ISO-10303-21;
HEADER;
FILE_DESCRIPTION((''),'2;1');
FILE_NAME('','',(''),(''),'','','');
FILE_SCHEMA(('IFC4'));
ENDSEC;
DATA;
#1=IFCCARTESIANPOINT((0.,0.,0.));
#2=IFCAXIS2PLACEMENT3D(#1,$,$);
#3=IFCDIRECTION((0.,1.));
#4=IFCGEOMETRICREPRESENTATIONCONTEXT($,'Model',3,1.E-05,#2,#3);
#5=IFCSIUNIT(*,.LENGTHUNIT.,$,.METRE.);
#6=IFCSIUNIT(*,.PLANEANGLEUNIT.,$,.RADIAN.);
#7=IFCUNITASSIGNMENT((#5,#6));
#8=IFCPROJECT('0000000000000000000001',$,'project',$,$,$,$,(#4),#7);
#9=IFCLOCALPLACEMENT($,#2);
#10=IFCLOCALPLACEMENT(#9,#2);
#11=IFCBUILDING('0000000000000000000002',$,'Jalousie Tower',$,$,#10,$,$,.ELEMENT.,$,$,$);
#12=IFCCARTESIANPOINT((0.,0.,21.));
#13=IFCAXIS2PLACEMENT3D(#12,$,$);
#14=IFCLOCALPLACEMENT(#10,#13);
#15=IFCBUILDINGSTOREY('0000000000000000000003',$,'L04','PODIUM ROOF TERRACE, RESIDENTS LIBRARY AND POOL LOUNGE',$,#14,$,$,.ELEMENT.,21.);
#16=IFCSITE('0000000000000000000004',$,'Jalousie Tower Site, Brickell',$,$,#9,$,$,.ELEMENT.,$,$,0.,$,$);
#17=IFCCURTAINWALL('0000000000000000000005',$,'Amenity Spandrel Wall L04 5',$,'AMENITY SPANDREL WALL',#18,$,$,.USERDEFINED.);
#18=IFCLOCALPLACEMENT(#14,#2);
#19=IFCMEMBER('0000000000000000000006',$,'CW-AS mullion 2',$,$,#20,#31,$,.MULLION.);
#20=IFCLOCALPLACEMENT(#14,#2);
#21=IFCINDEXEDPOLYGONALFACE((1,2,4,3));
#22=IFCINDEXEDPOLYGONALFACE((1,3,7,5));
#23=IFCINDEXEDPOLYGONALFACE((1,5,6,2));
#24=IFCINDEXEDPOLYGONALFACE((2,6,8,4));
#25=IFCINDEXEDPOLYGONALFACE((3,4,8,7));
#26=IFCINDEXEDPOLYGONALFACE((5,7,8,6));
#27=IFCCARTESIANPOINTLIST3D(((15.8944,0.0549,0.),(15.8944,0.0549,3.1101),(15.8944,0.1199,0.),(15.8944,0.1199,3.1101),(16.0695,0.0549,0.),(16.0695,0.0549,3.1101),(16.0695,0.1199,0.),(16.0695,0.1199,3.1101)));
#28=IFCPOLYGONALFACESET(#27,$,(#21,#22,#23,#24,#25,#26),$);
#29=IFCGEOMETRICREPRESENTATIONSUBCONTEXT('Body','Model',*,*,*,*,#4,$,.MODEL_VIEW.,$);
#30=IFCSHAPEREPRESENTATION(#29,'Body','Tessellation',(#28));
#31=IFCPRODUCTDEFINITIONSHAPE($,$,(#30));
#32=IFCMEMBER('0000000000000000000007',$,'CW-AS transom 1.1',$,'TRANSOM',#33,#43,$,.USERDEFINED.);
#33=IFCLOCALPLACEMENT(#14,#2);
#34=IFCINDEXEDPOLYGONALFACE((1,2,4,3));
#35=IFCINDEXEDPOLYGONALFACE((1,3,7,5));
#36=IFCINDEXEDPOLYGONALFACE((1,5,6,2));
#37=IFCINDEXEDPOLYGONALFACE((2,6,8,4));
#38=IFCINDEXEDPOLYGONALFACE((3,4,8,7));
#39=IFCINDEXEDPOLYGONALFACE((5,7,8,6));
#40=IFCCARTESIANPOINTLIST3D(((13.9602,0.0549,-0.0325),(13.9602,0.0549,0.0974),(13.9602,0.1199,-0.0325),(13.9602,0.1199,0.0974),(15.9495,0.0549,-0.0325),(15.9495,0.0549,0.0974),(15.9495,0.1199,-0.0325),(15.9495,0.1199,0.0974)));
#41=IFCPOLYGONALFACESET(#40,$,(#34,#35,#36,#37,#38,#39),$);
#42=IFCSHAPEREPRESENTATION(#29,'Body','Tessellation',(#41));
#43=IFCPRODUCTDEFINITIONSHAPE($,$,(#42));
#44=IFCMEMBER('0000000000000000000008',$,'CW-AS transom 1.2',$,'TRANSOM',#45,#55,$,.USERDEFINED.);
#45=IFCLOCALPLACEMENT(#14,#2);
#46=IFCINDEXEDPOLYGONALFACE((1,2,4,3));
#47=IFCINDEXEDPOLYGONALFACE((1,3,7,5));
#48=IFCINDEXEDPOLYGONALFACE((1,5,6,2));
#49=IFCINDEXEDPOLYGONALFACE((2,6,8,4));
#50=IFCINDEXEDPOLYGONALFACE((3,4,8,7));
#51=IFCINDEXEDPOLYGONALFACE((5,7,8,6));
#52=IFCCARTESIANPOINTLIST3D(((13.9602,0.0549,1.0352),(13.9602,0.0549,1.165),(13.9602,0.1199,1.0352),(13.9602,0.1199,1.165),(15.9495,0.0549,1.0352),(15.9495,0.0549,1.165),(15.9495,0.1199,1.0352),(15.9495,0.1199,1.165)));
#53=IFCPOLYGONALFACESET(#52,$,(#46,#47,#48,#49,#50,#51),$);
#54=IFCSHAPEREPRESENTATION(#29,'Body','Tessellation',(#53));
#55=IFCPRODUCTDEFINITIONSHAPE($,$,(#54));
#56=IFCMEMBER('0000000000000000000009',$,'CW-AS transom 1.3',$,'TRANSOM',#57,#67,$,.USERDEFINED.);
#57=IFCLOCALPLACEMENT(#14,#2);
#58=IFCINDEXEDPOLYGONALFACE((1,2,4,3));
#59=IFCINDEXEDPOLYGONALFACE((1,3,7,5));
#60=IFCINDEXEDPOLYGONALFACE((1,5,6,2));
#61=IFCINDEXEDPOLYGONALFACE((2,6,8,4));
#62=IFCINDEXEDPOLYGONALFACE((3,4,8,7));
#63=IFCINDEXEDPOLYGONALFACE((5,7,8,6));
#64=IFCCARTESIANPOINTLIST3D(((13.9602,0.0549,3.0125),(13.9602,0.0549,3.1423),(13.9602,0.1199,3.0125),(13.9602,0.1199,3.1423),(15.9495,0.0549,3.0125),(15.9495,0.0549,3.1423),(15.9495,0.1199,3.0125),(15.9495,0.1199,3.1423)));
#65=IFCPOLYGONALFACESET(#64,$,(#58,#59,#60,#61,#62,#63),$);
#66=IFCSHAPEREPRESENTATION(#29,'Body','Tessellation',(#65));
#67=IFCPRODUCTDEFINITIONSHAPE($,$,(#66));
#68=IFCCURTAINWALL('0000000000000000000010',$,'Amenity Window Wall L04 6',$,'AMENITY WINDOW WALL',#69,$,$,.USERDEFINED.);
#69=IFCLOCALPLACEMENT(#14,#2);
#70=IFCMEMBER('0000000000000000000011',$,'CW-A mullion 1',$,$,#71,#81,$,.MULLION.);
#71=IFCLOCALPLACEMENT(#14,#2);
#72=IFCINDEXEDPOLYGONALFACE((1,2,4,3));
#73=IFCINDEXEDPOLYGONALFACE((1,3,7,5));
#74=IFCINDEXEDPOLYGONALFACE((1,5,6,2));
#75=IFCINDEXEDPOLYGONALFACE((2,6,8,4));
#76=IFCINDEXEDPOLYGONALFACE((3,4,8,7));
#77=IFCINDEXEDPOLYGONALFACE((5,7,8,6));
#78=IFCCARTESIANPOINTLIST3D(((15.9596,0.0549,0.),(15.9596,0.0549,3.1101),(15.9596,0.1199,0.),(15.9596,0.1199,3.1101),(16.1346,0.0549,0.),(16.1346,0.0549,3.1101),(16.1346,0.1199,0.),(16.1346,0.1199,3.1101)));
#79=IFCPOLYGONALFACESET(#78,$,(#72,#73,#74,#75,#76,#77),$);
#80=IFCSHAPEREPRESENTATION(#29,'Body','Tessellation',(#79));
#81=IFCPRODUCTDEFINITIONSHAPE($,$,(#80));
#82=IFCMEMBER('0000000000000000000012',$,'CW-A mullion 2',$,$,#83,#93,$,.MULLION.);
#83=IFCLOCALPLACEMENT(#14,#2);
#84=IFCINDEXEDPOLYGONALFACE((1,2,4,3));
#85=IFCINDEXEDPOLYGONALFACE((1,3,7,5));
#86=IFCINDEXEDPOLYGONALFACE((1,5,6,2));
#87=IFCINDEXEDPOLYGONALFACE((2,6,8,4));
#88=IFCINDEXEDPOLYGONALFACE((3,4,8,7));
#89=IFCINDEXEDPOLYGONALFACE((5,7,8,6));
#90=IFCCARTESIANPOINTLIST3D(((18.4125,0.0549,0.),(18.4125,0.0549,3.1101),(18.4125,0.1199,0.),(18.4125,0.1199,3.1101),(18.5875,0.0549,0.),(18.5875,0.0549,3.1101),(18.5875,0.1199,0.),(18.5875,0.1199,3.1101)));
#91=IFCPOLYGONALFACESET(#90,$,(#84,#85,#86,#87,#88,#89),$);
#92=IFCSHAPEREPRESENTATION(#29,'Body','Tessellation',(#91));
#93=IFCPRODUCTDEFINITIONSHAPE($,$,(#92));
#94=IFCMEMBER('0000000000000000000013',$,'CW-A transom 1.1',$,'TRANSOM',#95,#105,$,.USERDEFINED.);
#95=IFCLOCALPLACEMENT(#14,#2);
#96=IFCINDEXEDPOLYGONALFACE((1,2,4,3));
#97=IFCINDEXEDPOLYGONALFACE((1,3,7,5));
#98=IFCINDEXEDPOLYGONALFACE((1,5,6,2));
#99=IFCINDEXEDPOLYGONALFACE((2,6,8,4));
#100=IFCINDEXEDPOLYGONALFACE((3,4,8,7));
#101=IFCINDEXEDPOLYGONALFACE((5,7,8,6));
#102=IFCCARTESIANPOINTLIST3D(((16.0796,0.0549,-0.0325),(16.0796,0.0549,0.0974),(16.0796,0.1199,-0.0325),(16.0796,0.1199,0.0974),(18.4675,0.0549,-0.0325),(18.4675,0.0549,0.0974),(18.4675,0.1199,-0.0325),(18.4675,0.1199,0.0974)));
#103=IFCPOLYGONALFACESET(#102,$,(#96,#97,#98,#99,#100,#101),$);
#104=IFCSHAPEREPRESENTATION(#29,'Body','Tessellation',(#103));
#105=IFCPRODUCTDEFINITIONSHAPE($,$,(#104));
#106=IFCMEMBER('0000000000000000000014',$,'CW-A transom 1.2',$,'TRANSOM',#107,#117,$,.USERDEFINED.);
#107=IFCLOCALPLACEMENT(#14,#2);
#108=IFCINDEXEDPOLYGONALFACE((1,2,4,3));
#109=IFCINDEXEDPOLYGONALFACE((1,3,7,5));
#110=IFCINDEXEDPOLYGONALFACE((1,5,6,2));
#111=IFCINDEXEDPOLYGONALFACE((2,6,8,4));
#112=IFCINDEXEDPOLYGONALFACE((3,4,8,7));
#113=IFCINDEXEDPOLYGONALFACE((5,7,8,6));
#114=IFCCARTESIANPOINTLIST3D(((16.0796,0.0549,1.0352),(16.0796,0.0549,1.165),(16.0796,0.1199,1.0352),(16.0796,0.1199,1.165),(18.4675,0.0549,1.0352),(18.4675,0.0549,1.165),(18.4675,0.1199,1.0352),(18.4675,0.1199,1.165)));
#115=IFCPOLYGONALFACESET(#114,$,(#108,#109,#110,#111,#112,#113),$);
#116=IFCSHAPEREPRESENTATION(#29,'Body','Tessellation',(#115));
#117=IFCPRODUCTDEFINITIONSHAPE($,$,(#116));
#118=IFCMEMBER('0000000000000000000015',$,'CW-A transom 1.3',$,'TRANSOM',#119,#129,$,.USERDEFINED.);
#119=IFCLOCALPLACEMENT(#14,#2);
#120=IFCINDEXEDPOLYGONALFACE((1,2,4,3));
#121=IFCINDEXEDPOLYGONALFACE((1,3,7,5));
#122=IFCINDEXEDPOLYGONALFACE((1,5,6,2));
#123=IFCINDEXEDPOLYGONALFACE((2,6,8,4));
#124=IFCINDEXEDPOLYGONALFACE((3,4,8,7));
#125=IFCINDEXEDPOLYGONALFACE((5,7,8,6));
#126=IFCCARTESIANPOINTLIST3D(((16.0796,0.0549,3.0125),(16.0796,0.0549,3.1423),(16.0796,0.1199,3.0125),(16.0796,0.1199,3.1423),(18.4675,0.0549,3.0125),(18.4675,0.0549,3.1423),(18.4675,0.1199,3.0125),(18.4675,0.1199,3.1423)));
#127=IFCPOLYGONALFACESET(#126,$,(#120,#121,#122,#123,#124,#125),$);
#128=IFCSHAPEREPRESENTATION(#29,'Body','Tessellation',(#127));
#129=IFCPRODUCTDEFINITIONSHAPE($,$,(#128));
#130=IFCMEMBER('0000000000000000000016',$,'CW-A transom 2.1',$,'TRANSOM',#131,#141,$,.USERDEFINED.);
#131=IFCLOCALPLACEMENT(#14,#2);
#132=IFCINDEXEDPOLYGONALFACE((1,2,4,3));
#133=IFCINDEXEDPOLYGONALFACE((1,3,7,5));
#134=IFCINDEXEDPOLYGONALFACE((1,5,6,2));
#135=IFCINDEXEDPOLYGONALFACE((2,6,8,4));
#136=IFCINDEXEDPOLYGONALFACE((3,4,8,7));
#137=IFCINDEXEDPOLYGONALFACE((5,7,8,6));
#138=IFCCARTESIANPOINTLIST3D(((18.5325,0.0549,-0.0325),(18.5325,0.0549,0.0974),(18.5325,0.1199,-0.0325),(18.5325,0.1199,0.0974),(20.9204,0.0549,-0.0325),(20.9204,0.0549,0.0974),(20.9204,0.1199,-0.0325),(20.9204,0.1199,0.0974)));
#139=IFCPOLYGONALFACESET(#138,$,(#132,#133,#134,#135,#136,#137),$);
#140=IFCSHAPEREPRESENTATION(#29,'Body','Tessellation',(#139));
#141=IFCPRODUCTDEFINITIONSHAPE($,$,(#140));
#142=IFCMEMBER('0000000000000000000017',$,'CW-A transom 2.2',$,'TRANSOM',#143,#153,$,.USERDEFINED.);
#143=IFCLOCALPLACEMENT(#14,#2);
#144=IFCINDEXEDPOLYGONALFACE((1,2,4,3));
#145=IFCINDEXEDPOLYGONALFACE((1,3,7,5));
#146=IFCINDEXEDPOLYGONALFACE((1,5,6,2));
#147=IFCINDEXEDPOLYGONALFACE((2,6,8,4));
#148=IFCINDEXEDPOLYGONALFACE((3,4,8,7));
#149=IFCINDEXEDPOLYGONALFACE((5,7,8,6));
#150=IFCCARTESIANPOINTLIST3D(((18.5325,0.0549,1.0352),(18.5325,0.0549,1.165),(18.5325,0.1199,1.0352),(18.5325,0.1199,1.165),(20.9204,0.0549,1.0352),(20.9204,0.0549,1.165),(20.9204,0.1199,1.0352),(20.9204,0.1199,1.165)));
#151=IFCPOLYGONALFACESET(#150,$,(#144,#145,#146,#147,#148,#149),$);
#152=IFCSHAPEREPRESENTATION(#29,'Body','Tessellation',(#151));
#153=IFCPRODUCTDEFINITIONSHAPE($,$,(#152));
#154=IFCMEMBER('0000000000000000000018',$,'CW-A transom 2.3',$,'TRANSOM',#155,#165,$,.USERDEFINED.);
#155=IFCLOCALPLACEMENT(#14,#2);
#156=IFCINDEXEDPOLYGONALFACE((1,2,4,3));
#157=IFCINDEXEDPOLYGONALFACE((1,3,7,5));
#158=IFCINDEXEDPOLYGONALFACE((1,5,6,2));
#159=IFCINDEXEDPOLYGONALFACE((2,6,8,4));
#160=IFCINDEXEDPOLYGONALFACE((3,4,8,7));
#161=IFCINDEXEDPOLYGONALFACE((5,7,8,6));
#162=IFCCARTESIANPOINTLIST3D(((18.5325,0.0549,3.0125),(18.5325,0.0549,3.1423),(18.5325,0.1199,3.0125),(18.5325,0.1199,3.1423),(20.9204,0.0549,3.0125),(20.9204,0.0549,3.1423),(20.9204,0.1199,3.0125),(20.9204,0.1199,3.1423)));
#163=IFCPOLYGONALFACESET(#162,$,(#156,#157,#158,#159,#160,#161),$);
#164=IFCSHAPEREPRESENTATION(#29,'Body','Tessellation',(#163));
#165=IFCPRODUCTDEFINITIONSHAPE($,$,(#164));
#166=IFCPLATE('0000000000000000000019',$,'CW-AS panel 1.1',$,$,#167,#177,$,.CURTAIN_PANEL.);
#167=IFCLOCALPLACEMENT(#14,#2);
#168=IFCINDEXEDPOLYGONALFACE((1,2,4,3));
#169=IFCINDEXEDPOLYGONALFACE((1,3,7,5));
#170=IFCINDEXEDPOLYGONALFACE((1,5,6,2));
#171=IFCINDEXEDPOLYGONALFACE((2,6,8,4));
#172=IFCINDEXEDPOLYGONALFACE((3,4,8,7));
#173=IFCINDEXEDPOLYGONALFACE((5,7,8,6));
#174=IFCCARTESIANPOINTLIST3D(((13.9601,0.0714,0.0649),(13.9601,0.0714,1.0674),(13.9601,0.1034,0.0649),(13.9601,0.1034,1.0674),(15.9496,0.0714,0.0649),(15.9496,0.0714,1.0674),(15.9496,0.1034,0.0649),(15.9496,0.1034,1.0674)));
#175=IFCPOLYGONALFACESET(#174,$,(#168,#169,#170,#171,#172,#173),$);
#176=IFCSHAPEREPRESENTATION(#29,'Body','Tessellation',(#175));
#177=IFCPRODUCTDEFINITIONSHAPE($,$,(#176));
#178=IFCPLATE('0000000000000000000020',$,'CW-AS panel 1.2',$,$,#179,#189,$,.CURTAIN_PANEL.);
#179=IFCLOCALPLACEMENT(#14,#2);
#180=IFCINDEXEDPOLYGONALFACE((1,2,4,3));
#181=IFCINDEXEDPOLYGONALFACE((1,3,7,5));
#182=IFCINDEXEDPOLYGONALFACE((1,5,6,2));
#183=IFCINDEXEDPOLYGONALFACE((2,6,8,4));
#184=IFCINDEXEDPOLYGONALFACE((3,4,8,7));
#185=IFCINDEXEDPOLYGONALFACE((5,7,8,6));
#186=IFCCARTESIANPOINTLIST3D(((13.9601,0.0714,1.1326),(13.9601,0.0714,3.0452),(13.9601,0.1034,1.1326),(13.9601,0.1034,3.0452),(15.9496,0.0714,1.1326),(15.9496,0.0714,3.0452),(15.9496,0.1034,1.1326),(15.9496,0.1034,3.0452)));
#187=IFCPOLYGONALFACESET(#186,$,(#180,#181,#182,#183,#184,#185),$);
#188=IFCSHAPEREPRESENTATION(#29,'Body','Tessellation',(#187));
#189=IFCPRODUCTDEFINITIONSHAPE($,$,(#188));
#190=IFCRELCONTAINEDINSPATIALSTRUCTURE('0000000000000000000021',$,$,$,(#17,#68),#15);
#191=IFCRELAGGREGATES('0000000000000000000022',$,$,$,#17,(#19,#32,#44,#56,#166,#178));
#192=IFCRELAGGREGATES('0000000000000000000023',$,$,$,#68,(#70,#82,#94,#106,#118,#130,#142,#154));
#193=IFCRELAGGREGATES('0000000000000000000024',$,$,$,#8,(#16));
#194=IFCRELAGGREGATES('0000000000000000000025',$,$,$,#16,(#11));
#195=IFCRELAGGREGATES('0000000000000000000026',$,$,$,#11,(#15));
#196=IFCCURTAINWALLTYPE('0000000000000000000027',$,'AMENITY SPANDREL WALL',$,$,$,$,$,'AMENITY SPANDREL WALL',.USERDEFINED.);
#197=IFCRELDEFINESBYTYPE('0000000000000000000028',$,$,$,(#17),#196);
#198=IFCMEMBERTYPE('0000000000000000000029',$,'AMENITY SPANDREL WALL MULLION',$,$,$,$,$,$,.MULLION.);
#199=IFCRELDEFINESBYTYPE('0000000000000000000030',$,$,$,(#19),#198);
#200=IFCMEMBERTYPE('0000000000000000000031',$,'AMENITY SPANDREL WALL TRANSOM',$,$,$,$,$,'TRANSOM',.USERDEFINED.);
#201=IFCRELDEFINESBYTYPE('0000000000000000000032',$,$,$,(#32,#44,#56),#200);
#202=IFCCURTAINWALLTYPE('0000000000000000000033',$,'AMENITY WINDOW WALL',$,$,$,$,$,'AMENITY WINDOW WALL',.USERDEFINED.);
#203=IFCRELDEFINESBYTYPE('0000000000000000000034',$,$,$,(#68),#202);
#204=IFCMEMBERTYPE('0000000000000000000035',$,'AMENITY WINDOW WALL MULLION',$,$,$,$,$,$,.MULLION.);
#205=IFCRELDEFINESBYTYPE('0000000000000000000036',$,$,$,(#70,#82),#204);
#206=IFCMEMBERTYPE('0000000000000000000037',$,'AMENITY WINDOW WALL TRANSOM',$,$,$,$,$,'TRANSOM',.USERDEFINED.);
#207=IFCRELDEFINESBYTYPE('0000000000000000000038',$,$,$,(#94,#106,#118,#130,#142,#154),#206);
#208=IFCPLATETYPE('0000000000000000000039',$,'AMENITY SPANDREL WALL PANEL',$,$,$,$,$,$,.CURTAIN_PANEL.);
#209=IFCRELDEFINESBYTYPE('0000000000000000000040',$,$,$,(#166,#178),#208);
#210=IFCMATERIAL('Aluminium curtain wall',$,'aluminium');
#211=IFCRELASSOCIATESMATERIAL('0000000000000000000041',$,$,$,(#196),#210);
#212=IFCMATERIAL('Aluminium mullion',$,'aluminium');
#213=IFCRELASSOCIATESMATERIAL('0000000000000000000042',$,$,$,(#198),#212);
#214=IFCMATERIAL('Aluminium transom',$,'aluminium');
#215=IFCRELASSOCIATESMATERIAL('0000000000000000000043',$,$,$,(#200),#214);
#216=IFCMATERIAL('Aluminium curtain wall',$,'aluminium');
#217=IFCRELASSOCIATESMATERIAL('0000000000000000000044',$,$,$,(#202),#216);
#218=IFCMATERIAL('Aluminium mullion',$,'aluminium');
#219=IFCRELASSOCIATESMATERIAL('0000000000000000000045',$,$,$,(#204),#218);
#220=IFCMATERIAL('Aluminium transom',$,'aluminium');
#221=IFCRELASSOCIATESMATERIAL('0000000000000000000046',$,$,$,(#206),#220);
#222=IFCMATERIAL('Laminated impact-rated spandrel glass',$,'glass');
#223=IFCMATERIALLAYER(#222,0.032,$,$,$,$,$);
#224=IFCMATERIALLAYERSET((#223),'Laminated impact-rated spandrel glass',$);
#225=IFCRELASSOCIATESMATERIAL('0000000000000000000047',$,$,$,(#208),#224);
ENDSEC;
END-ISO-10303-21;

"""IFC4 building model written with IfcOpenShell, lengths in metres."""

from ifc_helpers import new_model, si_unit, direction, frame, origin, origin_2d, place, context, subcontext, project, spatial, rectangle, extrude, material, layer, layer_set, material_profile, profile_set, type_object, element, aggregate, save


model = new_model("IFC4")

# Units and contexts
model_context = context("Model", 3, precision=1e-05, world=origin(), true_north=direction((0.0, 1.0)))
body_context = subcontext(model_context, "Body", "Model", "MODEL_VIEW")
ifc_project = project(units=[si_unit("LENGTHUNIT", "METRE"), si_unit("PLANEANGLEUNIT", "RADIAN")], contexts=[model_context])

# Site, building, storey
site_placement = place(None, origin())
site = spatial("IfcSite", under=ifc_project, at=site_placement, Name="Jalousie Tower Site, Brickell", CompositionType="ELEMENT", RefElevation=0.0)
building_placement = place(site_placement, origin())
building = spatial("IfcBuilding", under=site, at=building_placement, Name="Jalousie Tower", CompositionType="ELEMENT")
storey_placement = place(building_placement, frame((0.0, 0.0, 21.0)))
storey = spatial("IfcBuildingStorey", under=building, at=storey_placement, Name="L04", Description="PODIUM ROOF TERRACE, RESIDENTS LIBRARY AND POOL LOUNGE", CompositionType="ELEMENT", Elevation=21.0)

# Curtain walls, members
ifc_material_1 = material(Name="Aluminium curtain wall", Category="aluminium")
curtain_wall_type_1 = type_object("IfcCurtainWallType", Name="AMENITY SPANDREL WALL", ElementType="AMENITY SPANDREL WALL", PredefinedType="USERDEFINED", material=ifc_material_1)
curtain_wall_1_placement = place(storey_placement, origin())
curtain_wall_1 = element("IfcCurtainWall", 1, at=curtain_wall_1_placement, inside=storey, type_object=curtain_wall_type_1, Name="Amenity Spandrel Wall L04 5", ObjectType="AMENITY SPANDREL WALL", PredefinedType="USERDEFINED")
ifc_material_2 = material(Name="Aluminium mullion", Category="aluminium")
ifc_material_profile_1 = material_profile(ifc_material_2, rectangle(XDim=0.0649, YDim=0.175, at=origin_2d()), Name="MULLION 65x175")
ifc_profile_set_1 = profile_set([ifc_material_profile_1], Name="Aluminium mullion")
member_type_1 = type_object("IfcMemberType", Name="AMENITY SPANDREL WALL MULLION", PredefinedType="MULLION", material=ifc_profile_set_1)
member_1_placement = place(storey_placement, frame((15.9819, 0.0874, 0.0), z_axis=(0.0, 0.0, 1.0), x_axis=(0.0, 1.0, 0.0)))
member_1 = element("IfcMember", 2, at=member_1_placement, type_object=member_type_1, Name="CW-AS mullion 2", PredefinedType="MULLION", context=body_context, shape_type="SweptSolid", body=[
    extrude(rectangle(XDim=0.0649, YDim=0.175, at=origin_2d()), origin(), (0.0, 0.0, 1.0), 3.1101),
])
ifc_material_3 = material(Name="Aluminium transom", Category="aluminium")
ifc_material_profile_2 = material_profile(ifc_material_3, rectangle(XDim=0.0649, YDim=0.1299, at=origin_2d()), Name="TRANSOM 65x130")
ifc_profile_set_2 = profile_set([ifc_material_profile_2], Name="Aluminium transom")
member_type_2 = type_object("IfcMemberType", Name="AMENITY SPANDREL WALL TRANSOM", ElementType="TRANSOM", PredefinedType="USERDEFINED", material=ifc_profile_set_2)
member_2_placement = place(storey_placement, frame((13.9602, 0.0874, 0.0325), z_axis=(1.0, 0.0, 0.0), x_axis=(0.0, 1.0, 0.0)))
member_2 = element("IfcMember", 3, at=member_2_placement, type_object=member_type_2, Name="CW-AS transom 1.1", ObjectType="TRANSOM", PredefinedType="USERDEFINED", context=body_context, shape_type="SweptSolid", body=[
    extrude(rectangle(XDim=0.0649, YDim=0.1299, at=origin_2d()), origin(), (0.0, 0.0, 1.0), 1.9893),
])
member_3_placement = place(storey_placement, frame((13.9602, 0.0874, 1.1001), z_axis=(1.0, 0.0, 0.0), x_axis=(0.0, 1.0, 0.0)))
member_3 = element("IfcMember", 4, at=member_3_placement, type_object=member_type_2, Name="CW-AS transom 1.2", ObjectType="TRANSOM", PredefinedType="USERDEFINED", context=body_context, shape_type="SweptSolid", body=[
    extrude(rectangle(XDim=0.0649, YDim=0.1299, at=origin_2d()), origin(), (0.0, 0.0, 1.0), 1.9893),
])
member_4_placement = place(storey_placement, frame((13.9602, 0.0874, 3.0774), z_axis=(1.0, 0.0, 0.0), x_axis=(0.0, 1.0, 0.0)))
member_4 = element("IfcMember", 5, at=member_4_placement, type_object=member_type_2, Name="CW-AS transom 1.3", ObjectType="TRANSOM", PredefinedType="USERDEFINED", context=body_context, shape_type="SweptSolid", body=[
    extrude(rectangle(XDim=0.0649, YDim=0.1299, at=origin_2d()), origin(), (0.0, 0.0, 1.0), 1.9893),
])
ifc_material_4 = material(Name="Aluminium curtain wall", Category="aluminium")
curtain_wall_type_2 = type_object("IfcCurtainWallType", Name="AMENITY WINDOW WALL", ElementType="AMENITY WINDOW WALL", PredefinedType="USERDEFINED", material=ifc_material_4)
curtain_wall_2_placement = place(storey_placement, origin())
curtain_wall_2 = element("IfcCurtainWall", 6, at=curtain_wall_2_placement, inside=storey, type_object=curtain_wall_type_2, Name="Amenity Window Wall L04 6", ObjectType="AMENITY WINDOW WALL", PredefinedType="USERDEFINED")
ifc_material_5 = material(Name="Aluminium mullion", Category="aluminium")
ifc_material_profile_3 = material_profile(ifc_material_5, rectangle(XDim=0.0649, YDim=0.175, at=origin_2d()), Name="MULLION 65x175")
ifc_profile_set_3 = profile_set([ifc_material_profile_3], Name="Aluminium mullion")
member_type_3 = type_object("IfcMemberType", Name="AMENITY WINDOW WALL MULLION", PredefinedType="MULLION", material=ifc_profile_set_3)
member_5_placement = place(storey_placement, frame((16.0471, 0.0874, 0.0), z_axis=(0.0, 0.0, 1.0), x_axis=(0.0, 1.0, 0.0)))
member_5 = element("IfcMember", 7, at=member_5_placement, type_object=member_type_3, Name="CW-A mullion 1", PredefinedType="MULLION", context=body_context, shape_type="SweptSolid", body=[
    extrude(rectangle(XDim=0.0649, YDim=0.175, at=origin_2d()), origin(), (0.0, 0.0, 1.0), 3.1101),
])
member_6_placement = place(storey_placement, frame((18.5, 0.0874, 0.0), z_axis=(0.0, 0.0, 1.0), x_axis=(0.0, 1.0, 0.0)))
member_6 = element("IfcMember", 8, at=member_6_placement, type_object=member_type_3, Name="CW-A mullion 2", PredefinedType="MULLION", context=body_context, shape_type="SweptSolid", body=[
    extrude(rectangle(XDim=0.0649, YDim=0.175, at=origin_2d()), origin(), (0.0, 0.0, 1.0), 3.1101),
])
ifc_material_6 = material(Name="Aluminium transom", Category="aluminium")
ifc_material_profile_4 = material_profile(ifc_material_6, rectangle(XDim=0.0649, YDim=0.1299, at=origin_2d()), Name="TRANSOM 65x130")
ifc_profile_set_4 = profile_set([ifc_material_profile_4], Name="Aluminium transom")
member_type_4 = type_object("IfcMemberType", Name="AMENITY WINDOW WALL TRANSOM", ElementType="TRANSOM", PredefinedType="USERDEFINED", material=ifc_profile_set_4)
member_7_placement = place(storey_placement, frame((16.0796, 0.0874, 0.0325), z_axis=(1.0, 0.0, 0.0), x_axis=(0.0, 1.0, 0.0)))
member_7 = element("IfcMember", 9, at=member_7_placement, type_object=member_type_4, Name="CW-A transom 1.1", ObjectType="TRANSOM", PredefinedType="USERDEFINED", context=body_context, shape_type="SweptSolid", body=[
    extrude(rectangle(XDim=0.0649, YDim=0.1299, at=origin_2d()), origin(), (0.0, 0.0, 1.0), 2.3879),
])
member_8_placement = place(storey_placement, frame((16.0796, 0.0874, 1.1001), z_axis=(1.0, 0.0, 0.0), x_axis=(0.0, 1.0, 0.0)))
member_8 = element("IfcMember", 10, at=member_8_placement, type_object=member_type_4, Name="CW-A transom 1.2", ObjectType="TRANSOM", PredefinedType="USERDEFINED", context=body_context, shape_type="SweptSolid", body=[
    extrude(rectangle(XDim=0.0649, YDim=0.1299, at=origin_2d()), origin(), (0.0, 0.0, 1.0), 2.3879),
])
member_9_placement = place(storey_placement, frame((16.0796, 0.0874, 3.0774), z_axis=(1.0, 0.0, 0.0), x_axis=(0.0, 1.0, 0.0)))
member_9 = element("IfcMember", 11, at=member_9_placement, type_object=member_type_4, Name="CW-A transom 1.3", ObjectType="TRANSOM", PredefinedType="USERDEFINED", context=body_context, shape_type="SweptSolid", body=[
    extrude(rectangle(XDim=0.0649, YDim=0.1299, at=origin_2d()), origin(), (0.0, 0.0, 1.0), 2.3879),
])
member_10_placement = place(storey_placement, frame((18.5325, 0.0874, 0.0325), z_axis=(1.0, 0.0, 0.0), x_axis=(0.0, 1.0, 0.0)))
member_10 = element("IfcMember", 12, at=member_10_placement, type_object=member_type_4, Name="CW-A transom 2.1", ObjectType="TRANSOM", PredefinedType="USERDEFINED", context=body_context, shape_type="SweptSolid", body=[
    extrude(rectangle(XDim=0.0649, YDim=0.1299, at=origin_2d()), origin(), (0.0, 0.0, 1.0), 2.3879),
])
member_11_placement = place(storey_placement, frame((18.5325, 0.0874, 1.1001), z_axis=(1.0, 0.0, 0.0), x_axis=(0.0, 1.0, 0.0)))
member_11 = element("IfcMember", 13, at=member_11_placement, type_object=member_type_4, Name="CW-A transom 2.2", ObjectType="TRANSOM", PredefinedType="USERDEFINED", context=body_context, shape_type="SweptSolid", body=[
    extrude(rectangle(XDim=0.0649, YDim=0.1299, at=origin_2d()), origin(), (0.0, 0.0, 1.0), 2.3879),
])
member_12_placement = place(storey_placement, frame((18.5325, 0.0874, 3.0774), z_axis=(1.0, 0.0, 0.0), x_axis=(0.0, 1.0, 0.0)))
member_12 = element("IfcMember", 14, at=member_12_placement, type_object=member_type_4, Name="CW-A transom 2.3", ObjectType="TRANSOM", PredefinedType="USERDEFINED", context=body_context, shape_type="SweptSolid", body=[
    extrude(rectangle(XDim=0.0649, YDim=0.1299, at=origin_2d()), origin(), (0.0, 0.0, 1.0), 2.3879),
])

# Plates
ifc_material_7 = material(Name="Laminated impact-rated spandrel glass", Category="glass")
ifc_layer_1 = layer(ifc_material_7, 0.032)
ifc_layer_set_1 = layer_set([ifc_layer_1], Name="Laminated impact-rated spandrel glass")
plate_type_1 = type_object("IfcPlateType", Name="AMENITY SPANDREL WALL PANEL", PredefinedType="CURTAIN_PANEL", material=ifc_layer_set_1)
plate_1_placement = place(storey_placement, frame((14.9548, 0.0874, 0.0649), z_axis=(0.0, 0.0, 1.0), x_axis=(1.0, 0.0, 0.0)))
plate_1 = element("IfcPlate", 15, at=plate_1_placement, type_object=plate_type_1, Name="CW-AS panel 1.1", PredefinedType="CURTAIN_PANEL", context=body_context, shape_type="SweptSolid", body=[
    extrude(rectangle(XDim=1.9895, YDim=0.032, at=origin_2d()), origin(), (0.0, 0.0, 1.0), 1.0024),
])
plate_2_placement = place(storey_placement, frame((14.9548, 0.0874, 1.1326), z_axis=(0.0, 0.0, 1.0), x_axis=(1.0, 0.0, 0.0)))
plate_2 = element("IfcPlate", 16, at=plate_2_placement, type_object=plate_type_1, Name="CW-AS panel 1.2", PredefinedType="CURTAIN_PANEL", context=body_context, shape_type="SweptSolid", body=[
    extrude(rectangle(XDim=1.9895, YDim=0.032, at=origin_2d()), origin(), (0.0, 0.0, 1.0), 1.9126),
])
aggregate(curtain_wall_1, [member_1, member_2, member_3, member_4, plate_1, plate_2])
aggregate(curtain_wall_2, [member_5, member_6, member_7, member_8, member_9, member_10, member_11, member_12])

save(model, "model.ifc")
